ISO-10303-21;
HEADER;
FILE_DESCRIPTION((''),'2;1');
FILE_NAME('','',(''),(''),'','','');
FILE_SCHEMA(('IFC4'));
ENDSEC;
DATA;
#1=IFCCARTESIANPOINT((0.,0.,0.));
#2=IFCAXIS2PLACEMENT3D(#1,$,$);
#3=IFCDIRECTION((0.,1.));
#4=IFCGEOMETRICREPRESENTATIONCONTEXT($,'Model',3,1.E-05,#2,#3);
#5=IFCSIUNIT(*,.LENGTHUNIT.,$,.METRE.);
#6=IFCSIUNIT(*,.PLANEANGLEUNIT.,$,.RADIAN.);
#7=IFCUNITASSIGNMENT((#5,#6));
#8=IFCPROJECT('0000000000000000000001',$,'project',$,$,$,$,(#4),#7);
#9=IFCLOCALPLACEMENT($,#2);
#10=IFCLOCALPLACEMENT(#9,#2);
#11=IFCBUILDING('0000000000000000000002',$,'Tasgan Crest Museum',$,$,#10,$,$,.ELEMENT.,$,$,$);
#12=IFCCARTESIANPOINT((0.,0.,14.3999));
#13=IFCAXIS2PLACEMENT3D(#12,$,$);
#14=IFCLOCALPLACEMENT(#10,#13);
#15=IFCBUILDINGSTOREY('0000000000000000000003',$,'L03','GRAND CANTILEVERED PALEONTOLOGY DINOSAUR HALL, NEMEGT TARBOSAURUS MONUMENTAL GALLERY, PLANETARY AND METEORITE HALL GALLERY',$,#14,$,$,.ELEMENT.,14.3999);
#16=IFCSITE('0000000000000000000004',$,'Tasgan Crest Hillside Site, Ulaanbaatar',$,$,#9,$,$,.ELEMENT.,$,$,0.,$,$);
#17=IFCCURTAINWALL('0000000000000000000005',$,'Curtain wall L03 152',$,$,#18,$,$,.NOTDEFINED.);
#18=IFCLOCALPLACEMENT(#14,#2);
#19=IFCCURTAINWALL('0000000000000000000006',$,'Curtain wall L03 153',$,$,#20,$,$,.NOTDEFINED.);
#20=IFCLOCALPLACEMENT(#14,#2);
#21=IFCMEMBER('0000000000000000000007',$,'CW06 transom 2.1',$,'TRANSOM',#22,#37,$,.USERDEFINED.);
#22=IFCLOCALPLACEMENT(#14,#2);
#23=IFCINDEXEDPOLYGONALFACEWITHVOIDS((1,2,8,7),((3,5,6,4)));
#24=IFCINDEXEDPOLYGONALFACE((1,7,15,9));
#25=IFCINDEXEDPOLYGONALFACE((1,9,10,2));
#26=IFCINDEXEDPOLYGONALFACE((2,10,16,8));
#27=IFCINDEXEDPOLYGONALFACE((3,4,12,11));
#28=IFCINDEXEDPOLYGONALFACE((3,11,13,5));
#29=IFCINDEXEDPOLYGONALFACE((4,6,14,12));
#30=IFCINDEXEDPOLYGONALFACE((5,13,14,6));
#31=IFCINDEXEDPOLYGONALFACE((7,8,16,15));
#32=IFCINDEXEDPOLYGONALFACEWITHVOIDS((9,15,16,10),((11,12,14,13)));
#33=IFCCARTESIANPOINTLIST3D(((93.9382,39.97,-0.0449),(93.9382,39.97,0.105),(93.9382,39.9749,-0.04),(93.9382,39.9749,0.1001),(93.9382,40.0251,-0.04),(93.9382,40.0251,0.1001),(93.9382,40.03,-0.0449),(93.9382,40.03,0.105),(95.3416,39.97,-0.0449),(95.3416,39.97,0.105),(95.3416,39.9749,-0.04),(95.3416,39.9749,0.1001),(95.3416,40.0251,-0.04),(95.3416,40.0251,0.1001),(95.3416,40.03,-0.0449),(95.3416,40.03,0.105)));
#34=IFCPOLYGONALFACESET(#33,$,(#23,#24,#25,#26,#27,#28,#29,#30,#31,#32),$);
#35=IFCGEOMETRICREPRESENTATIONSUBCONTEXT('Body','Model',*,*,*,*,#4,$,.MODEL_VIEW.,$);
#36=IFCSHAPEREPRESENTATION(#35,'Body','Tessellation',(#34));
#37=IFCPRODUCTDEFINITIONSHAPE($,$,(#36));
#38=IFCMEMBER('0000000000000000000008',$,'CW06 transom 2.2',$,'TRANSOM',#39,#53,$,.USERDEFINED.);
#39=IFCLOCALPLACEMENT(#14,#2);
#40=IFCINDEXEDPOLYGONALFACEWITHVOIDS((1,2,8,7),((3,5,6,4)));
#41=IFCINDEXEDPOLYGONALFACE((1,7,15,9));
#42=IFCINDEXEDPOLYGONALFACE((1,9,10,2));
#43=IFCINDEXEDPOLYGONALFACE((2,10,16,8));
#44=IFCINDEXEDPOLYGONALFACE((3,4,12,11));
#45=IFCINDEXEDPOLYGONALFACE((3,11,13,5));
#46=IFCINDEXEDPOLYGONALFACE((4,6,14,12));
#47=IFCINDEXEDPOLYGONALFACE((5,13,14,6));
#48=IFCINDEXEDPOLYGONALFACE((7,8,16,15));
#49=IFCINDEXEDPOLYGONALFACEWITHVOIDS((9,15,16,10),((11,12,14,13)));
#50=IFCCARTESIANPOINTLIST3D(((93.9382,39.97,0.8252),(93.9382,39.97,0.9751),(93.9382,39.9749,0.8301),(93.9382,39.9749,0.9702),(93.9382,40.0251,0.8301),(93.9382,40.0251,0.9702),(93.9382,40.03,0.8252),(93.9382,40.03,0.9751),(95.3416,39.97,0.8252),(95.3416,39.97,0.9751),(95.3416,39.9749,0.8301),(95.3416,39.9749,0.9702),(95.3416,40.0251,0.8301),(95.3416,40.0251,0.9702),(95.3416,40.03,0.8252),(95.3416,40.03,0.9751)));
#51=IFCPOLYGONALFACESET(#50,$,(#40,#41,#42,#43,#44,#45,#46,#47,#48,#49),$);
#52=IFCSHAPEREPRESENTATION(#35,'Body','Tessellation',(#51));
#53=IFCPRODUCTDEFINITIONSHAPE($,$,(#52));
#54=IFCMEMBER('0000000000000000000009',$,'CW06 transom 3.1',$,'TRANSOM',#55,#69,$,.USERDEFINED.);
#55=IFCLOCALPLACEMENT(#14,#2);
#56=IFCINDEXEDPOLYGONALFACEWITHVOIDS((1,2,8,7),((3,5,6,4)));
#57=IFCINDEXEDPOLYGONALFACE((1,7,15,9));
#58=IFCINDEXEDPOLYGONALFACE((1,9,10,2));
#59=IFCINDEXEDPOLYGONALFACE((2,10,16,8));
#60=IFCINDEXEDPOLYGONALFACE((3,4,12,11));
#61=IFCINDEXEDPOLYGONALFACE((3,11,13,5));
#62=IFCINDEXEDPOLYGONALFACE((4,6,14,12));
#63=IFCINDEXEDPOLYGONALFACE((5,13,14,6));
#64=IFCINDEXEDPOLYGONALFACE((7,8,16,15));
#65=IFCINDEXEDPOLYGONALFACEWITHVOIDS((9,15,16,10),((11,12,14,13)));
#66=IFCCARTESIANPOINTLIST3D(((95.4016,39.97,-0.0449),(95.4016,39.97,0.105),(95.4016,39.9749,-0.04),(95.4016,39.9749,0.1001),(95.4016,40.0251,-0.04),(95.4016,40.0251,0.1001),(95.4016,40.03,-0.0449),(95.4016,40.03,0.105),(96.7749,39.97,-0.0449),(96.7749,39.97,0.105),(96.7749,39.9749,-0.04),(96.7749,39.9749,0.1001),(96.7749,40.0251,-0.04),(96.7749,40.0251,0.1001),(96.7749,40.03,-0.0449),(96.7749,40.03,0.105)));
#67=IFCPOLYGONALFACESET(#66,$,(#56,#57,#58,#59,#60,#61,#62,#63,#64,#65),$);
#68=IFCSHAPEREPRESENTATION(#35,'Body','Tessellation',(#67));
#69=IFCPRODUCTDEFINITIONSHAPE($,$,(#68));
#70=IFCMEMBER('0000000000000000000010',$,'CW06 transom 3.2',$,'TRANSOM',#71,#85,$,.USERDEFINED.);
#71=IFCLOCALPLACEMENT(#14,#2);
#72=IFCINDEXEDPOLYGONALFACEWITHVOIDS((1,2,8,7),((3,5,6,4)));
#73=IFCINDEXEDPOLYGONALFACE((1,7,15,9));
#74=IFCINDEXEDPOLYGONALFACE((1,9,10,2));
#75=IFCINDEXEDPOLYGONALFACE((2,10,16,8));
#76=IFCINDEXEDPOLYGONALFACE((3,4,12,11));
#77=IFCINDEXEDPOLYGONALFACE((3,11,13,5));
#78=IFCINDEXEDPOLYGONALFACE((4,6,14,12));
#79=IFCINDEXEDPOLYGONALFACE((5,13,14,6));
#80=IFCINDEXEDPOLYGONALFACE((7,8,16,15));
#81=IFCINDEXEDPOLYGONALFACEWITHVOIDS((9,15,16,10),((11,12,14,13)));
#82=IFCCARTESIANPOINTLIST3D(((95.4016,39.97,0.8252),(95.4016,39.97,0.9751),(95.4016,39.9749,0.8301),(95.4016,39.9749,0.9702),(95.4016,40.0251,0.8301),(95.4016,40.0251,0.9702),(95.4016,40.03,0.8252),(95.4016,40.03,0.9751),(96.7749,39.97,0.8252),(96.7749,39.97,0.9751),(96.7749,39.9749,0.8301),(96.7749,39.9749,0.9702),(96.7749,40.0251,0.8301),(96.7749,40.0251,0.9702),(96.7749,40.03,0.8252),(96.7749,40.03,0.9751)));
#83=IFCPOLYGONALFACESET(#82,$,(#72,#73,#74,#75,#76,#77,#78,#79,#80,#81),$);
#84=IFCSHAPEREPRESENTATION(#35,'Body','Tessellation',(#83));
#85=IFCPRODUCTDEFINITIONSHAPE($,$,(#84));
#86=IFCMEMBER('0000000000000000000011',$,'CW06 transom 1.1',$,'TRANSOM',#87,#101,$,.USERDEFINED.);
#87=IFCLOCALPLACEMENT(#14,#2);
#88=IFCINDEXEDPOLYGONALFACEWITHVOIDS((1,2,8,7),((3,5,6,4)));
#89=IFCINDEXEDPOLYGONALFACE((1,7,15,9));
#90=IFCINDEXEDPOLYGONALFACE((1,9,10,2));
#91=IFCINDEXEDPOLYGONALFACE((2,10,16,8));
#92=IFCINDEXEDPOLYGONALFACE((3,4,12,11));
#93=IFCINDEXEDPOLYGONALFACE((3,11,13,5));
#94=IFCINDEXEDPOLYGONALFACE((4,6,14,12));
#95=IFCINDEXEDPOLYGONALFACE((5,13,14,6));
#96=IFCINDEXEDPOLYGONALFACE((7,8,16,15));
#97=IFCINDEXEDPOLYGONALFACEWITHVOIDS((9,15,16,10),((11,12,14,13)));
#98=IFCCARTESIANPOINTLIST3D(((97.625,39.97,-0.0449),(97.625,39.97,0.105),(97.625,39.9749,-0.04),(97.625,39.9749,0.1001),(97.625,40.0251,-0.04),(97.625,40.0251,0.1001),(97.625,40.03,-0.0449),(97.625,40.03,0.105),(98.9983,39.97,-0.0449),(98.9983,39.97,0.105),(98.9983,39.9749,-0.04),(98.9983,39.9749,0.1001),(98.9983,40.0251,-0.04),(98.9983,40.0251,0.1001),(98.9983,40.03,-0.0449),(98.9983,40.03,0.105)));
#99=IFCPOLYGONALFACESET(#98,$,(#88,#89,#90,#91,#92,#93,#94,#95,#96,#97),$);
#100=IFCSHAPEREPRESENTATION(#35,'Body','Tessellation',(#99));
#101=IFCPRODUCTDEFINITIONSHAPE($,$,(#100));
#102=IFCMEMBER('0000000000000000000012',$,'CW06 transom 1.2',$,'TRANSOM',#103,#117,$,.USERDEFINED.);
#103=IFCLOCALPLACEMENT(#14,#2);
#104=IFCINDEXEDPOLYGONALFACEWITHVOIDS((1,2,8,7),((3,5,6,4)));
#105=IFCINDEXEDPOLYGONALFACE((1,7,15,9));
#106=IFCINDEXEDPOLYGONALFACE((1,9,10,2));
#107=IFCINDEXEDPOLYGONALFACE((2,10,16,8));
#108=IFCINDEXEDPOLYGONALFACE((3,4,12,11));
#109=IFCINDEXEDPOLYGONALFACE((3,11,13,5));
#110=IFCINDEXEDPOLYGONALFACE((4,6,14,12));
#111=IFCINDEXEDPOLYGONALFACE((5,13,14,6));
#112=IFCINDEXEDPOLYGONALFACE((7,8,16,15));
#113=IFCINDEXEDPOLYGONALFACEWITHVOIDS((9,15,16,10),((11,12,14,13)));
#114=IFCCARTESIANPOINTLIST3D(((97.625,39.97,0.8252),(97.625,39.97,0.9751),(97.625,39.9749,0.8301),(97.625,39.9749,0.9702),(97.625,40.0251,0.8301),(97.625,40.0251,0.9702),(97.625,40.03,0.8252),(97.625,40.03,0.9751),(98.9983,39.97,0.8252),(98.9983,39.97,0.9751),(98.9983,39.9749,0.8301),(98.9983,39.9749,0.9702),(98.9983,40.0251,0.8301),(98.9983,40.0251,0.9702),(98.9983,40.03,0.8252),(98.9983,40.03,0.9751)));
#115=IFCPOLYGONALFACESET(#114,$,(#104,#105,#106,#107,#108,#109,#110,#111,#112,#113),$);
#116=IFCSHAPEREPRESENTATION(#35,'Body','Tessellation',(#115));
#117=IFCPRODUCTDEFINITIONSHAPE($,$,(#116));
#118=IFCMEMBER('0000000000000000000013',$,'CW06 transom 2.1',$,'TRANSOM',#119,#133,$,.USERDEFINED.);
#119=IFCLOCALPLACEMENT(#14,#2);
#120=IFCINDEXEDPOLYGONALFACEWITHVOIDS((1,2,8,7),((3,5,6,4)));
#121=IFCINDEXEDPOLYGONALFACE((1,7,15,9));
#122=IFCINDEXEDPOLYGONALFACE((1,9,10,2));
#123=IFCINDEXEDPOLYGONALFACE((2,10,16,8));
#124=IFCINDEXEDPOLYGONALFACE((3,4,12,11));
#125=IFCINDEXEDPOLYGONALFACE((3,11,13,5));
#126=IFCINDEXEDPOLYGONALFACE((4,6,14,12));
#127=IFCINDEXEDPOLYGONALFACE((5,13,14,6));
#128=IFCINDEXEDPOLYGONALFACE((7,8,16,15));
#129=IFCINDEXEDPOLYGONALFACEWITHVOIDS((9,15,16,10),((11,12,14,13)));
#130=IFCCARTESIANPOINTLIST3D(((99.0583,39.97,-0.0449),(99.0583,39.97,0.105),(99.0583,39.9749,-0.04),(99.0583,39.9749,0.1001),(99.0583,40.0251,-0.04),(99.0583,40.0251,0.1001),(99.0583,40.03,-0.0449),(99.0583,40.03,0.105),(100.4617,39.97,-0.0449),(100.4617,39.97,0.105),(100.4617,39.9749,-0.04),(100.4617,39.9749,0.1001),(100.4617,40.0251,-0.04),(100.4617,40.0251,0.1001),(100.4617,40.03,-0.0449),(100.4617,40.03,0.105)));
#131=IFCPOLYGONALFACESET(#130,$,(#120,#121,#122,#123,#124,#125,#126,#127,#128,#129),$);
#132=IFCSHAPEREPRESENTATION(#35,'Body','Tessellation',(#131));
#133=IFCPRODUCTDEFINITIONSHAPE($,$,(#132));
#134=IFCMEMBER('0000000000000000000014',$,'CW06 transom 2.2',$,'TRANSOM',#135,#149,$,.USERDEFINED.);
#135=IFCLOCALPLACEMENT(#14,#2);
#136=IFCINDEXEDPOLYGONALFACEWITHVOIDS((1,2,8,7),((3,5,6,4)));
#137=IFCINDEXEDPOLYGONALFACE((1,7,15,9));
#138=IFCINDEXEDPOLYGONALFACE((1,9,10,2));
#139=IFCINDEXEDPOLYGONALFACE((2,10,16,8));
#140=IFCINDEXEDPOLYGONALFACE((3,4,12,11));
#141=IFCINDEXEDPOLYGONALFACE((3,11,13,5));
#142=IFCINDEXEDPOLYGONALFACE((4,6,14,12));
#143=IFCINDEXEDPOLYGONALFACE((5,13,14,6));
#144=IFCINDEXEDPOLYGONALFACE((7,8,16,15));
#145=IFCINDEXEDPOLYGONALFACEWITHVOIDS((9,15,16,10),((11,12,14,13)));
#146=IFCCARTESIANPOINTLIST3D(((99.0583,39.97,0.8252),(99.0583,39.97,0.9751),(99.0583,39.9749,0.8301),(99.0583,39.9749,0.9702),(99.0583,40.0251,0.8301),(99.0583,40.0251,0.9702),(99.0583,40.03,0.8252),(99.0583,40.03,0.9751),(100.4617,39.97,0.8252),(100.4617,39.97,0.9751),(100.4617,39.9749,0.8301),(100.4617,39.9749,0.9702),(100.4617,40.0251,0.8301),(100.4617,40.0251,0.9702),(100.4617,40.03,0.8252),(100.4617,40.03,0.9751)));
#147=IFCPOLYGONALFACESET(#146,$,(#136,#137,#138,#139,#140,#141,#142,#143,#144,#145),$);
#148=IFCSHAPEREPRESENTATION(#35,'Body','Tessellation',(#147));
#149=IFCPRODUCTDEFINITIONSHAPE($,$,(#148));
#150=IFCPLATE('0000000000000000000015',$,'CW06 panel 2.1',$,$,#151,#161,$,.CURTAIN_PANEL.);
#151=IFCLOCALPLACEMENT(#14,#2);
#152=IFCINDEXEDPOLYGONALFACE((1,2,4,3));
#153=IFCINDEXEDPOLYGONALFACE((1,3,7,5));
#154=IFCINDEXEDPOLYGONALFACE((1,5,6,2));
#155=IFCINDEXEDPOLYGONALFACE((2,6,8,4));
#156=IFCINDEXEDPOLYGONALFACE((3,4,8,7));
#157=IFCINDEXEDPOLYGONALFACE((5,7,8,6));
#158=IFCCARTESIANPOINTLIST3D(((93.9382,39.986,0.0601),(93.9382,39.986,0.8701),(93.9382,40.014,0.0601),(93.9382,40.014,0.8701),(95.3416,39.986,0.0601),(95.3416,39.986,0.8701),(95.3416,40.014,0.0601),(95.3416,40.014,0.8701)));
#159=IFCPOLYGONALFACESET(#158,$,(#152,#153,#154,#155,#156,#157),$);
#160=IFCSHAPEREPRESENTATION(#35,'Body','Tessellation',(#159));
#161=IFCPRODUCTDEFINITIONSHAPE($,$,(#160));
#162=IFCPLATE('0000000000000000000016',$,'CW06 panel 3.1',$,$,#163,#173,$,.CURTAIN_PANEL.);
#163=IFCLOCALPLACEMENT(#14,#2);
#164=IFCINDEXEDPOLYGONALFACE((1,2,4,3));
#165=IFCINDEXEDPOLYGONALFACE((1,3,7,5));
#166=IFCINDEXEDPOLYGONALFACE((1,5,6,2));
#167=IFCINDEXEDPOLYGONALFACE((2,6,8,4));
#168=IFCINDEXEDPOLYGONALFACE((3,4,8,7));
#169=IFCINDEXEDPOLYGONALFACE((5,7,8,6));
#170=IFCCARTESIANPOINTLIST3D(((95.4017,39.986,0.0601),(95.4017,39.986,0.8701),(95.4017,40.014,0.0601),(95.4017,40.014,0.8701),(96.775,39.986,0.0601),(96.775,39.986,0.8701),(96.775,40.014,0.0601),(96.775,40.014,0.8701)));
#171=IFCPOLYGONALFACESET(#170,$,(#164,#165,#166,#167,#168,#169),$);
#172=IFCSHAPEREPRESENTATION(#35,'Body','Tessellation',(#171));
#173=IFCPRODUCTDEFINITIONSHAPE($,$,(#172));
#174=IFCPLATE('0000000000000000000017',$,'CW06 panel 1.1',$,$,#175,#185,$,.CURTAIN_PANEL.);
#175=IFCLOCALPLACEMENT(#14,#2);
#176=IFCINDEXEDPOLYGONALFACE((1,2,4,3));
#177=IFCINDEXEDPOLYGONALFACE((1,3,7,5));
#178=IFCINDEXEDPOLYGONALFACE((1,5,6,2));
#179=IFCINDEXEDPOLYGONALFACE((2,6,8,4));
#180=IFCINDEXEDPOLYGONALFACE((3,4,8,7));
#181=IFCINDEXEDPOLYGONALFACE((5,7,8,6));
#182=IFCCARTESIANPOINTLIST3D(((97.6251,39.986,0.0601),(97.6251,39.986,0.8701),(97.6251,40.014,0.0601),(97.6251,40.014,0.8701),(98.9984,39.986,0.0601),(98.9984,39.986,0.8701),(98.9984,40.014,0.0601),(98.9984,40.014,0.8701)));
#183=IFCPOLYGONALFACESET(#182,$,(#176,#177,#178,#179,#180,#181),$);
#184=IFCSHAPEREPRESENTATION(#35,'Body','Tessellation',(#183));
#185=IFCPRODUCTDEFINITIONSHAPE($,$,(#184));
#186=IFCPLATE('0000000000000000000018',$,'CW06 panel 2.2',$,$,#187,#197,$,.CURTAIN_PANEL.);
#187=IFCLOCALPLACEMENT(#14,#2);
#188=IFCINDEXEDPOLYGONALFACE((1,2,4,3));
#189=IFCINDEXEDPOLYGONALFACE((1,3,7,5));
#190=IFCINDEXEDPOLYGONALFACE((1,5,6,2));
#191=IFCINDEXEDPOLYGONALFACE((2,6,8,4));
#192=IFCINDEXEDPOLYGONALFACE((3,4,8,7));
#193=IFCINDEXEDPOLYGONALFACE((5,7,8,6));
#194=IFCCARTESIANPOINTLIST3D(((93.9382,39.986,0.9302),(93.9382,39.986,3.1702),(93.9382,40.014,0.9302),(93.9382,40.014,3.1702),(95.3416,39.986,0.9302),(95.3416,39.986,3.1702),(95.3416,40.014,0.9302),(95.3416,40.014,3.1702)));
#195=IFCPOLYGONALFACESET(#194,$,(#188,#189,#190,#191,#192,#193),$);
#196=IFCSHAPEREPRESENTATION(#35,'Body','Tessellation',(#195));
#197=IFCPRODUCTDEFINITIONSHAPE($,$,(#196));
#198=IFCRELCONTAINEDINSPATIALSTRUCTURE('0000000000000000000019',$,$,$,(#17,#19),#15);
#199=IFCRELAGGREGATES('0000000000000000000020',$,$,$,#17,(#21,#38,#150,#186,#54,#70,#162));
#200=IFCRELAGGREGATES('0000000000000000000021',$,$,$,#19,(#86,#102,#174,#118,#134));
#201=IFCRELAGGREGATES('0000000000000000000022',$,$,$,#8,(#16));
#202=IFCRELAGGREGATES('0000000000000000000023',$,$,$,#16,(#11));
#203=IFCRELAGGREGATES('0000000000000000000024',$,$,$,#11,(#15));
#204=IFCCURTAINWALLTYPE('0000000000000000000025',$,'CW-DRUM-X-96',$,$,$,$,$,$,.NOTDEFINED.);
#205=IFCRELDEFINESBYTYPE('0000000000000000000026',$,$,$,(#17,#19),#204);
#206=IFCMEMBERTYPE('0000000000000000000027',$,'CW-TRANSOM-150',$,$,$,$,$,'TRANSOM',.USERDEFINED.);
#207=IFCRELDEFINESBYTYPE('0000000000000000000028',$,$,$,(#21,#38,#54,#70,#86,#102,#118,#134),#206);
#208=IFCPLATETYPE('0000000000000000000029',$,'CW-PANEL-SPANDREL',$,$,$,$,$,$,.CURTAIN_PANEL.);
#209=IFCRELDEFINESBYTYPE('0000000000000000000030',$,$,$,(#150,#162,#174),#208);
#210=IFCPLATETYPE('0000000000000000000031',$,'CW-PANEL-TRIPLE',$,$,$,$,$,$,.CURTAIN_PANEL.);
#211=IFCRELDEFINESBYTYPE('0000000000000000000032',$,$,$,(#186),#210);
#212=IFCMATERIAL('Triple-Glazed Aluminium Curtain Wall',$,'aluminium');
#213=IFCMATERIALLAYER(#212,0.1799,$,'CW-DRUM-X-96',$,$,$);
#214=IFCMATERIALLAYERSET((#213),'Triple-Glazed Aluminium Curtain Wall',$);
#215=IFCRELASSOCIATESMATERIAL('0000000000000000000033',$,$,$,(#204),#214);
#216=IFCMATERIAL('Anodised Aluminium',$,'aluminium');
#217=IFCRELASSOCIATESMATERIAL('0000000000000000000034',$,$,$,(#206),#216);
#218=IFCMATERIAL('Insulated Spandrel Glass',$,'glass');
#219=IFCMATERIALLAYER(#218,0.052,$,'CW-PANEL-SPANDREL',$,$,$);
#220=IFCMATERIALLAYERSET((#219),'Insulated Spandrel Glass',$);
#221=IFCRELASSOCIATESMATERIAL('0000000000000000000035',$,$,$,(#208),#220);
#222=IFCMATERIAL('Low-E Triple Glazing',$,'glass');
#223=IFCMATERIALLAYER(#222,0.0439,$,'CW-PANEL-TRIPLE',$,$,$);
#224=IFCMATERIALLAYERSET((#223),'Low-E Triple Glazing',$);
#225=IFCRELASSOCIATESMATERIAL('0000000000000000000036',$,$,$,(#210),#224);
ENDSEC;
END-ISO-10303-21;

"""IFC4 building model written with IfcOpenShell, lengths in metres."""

from ifc_helpers import new_model, si_unit, direction, frame, origin, origin_2d, place, context, subcontext, project, spatial, rectangle, hollow_rectangle, extrude, material, layer, layer_set, material_profile, profile_set, type_object, element, aggregate, save


model = new_model("IFC4")

# Units and contexts
model_context = context("Model", 3, precision=1e-05, world=origin(), true_north=direction((0.0, 1.0)))
body_context = subcontext(model_context, "Body", "Model", "MODEL_VIEW")
ifc_project = project(units=[si_unit("LENGTHUNIT", "METRE"), si_unit("PLANEANGLEUNIT", "RADIAN")], contexts=[model_context])

# Site, building, storey
site_placement = place(None, origin())
site = spatial("IfcSite", under=ifc_project, at=site_placement, Name="Tasgan Crest Hillside Site, Ulaanbaatar", CompositionType="ELEMENT", RefElevation=0.0)
building_placement = place(site_placement, origin())
building = spatial("IfcBuilding", under=site, at=building_placement, Name="Tasgan Crest Museum", CompositionType="ELEMENT")
storey_placement = place(building_placement, frame((0.0, 0.0, 14.3999)))
storey = spatial("IfcBuildingStorey", under=building, at=storey_placement, Name="L03", Description="GRAND CANTILEVERED PALEONTOLOGY DINOSAUR HALL, NEMEGT TARBOSAURUS MONUMENTAL GALLERY, PLANETARY AND METEORITE HALL GALLERY", CompositionType="ELEMENT", Elevation=14.3999)

# Curtain walls
ifc_material_1 = material(Name="Triple-Glazed Aluminium Curtain Wall", Category="aluminium")
ifc_layer_1 = layer(ifc_material_1, 0.1799, Name="CW-DRUM-X-96")
ifc_layer_set_1 = layer_set([ifc_layer_1], Name="Triple-Glazed Aluminium Curtain Wall")
curtain_wall_type = type_object("IfcCurtainWallType", Name="CW-DRUM-X-96", PredefinedType="NOTDEFINED", material=ifc_layer_set_1)
curtain_wall_1_placement = place(storey_placement, origin())
curtain_wall_1 = element("IfcCurtainWall", 1, at=curtain_wall_1_placement, inside=storey, type_object=curtain_wall_type, Name="Curtain wall L03 152", PredefinedType="NOTDEFINED")
curtain_wall_2_placement = place(storey_placement, origin())
curtain_wall_2 = element("IfcCurtainWall", 2, at=curtain_wall_2_placement, inside=storey, type_object=curtain_wall_type, Name="Curtain wall L03 153", PredefinedType="NOTDEFINED")

# Members
ifc_material_2 = material(Name="Anodised Aluminium", Category="aluminium")
ifc_material_profile_1 = material_profile(ifc_material_2, hollow_rectangle(XDim=0.0601, YDim=0.1499, WallThickness=0.0049, at=origin_2d()), Name="ALU TRANSOM 150x60x5")
ifc_profile_set_1 = profile_set([ifc_material_profile_1], Name="Anodised Aluminium")
member_type_1 = type_object("IfcMemberType", Name="CW-TRANSOM-150", ElementType="TRANSOM", PredefinedType="USERDEFINED", material=ifc_profile_set_1)
member_1_placement = place(storey_placement, frame((93.9382, 40.0, 0.03), z_axis=(1.0, 0.0, 0.0), x_axis=(0.0, 1.0, 0.0)))
member_1 = element("IfcMember", 3, at=member_1_placement, type_object=member_type_1, Name="CW06 transom 2.1", ObjectType="TRANSOM", PredefinedType="USERDEFINED", context=body_context, shape_type="SweptSolid", body=[
    extrude(hollow_rectangle(XDim=0.0601, YDim=0.1499, WallThickness=0.0049, at=origin_2d()), origin(), (0.0, 0.0, 1.0), 1.4033),
])
member_2_placement = place(storey_placement, frame((93.9382, 40.0, 0.9001), z_axis=(1.0, 0.0, 0.0), x_axis=(0.0, 1.0, 0.0)))
member_2 = element("IfcMember", 4, at=member_2_placement, type_object=member_type_1, Name="CW06 transom 2.2", ObjectType="TRANSOM", PredefinedType="USERDEFINED", context=body_context, shape_type="SweptSolid", body=[
    extrude(hollow_rectangle(XDim=0.0601, YDim=0.1499, WallThickness=0.0049, at=origin_2d()), origin(), (0.0, 0.0, 1.0), 1.4033),
])
member_3_placement = place(storey_placement, frame((95.4016, 40.0, 0.03), z_axis=(1.0, 0.0, 0.0), x_axis=(0.0, 1.0, 0.0)))
member_3 = element("IfcMember", 5, at=member_3_placement, type_object=member_type_1, Name="CW06 transom 3.1", ObjectType="TRANSOM", PredefinedType="USERDEFINED", context=body_context, shape_type="SweptSolid", body=[
    extrude(hollow_rectangle(XDim=0.0601, YDim=0.1499, WallThickness=0.0049, at=origin_2d()), origin(), (0.0, 0.0, 1.0), 1.3733),
])
member_4_placement = place(storey_placement, frame((95.4016, 40.0, 0.9001), z_axis=(1.0, 0.0, 0.0), x_axis=(0.0, 1.0, 0.0)))
member_4 = element("IfcMember", 6, at=member_4_placement, type_object=member_type_1, Name="CW06 transom 3.2", ObjectType="TRANSOM", PredefinedType="USERDEFINED", context=body_context, shape_type="SweptSolid", body=[
    extrude(hollow_rectangle(XDim=0.0601, YDim=0.1499, WallThickness=0.0049, at=origin_2d()), origin(), (0.0, 0.0, 1.0), 1.3733),
])
member_5_placement = place(storey_placement, frame((97.625, 40.0, 0.03), z_axis=(1.0, 0.0, 0.0), x_axis=(0.0, 1.0, 0.0)))
member_5 = element("IfcMember", 7, at=member_5_placement, type_object=member_type_1, Name="CW06 transom 1.1", ObjectType="TRANSOM", PredefinedType="USERDEFINED", context=body_context, shape_type="SweptSolid", body=[
    extrude(hollow_rectangle(XDim=0.0601, YDim=0.1499, WallThickness=0.0049, at=origin_2d()), origin(), (0.0, 0.0, 1.0), 1.3733),
])
member_6_placement = place(storey_placement, frame((97.625, 40.0, 0.9001), z_axis=(1.0, 0.0, 0.0), x_axis=(0.0, 1.0, 0.0)))
member_6 = element("IfcMember", 8, at=member_6_placement, type_object=member_type_1, Name="CW06 transom 1.2", ObjectType="TRANSOM", PredefinedType="USERDEFINED", context=body_context, shape_type="SweptSolid", body=[
    extrude(hollow_rectangle(XDim=0.0601, YDim=0.1499, WallThickness=0.0049, at=origin_2d()), origin(), (0.0, 0.0, 1.0), 1.3733),
])
member_7_placement = place(storey_placement, frame((99.0583, 40.0, 0.03), z_axis=(1.0, 0.0, 0.0), x_axis=(0.0, 1.0, 0.0)))
member_7 = element("IfcMember", 9, at=member_7_placement, type_object=member_type_1, Name="CW06 transom 2.1", ObjectType="TRANSOM", PredefinedType="USERDEFINED", context=body_context, shape_type="SweptSolid", body=[
    extrude(hollow_rectangle(XDim=0.0601, YDim=0.1499, WallThickness=0.0049, at=origin_2d()), origin(), (0.0, 0.0, 1.0), 1.4033),
])
member_8_placement = place(storey_placement, frame((99.0583, 40.0, 0.9001), z_axis=(1.0, 0.0, 0.0), x_axis=(0.0, 1.0, 0.0)))
member_8 = element("IfcMember", 10, at=member_8_placement, type_object=member_type_1, Name="CW06 transom 2.2", ObjectType="TRANSOM", PredefinedType="USERDEFINED", context=body_context, shape_type="SweptSolid", body=[
    extrude(hollow_rectangle(XDim=0.0601, YDim=0.1499, WallThickness=0.0049, at=origin_2d()), origin(), (0.0, 0.0, 1.0), 1.4033),
])

# Plates
ifc_material_3 = material(Name="Insulated Spandrel Glass", Category="glass")
ifc_layer_2 = layer(ifc_material_3, 0.052, Name="CW-PANEL-SPANDREL")
ifc_layer_set_2 = layer_set([ifc_layer_2], Name="Insulated Spandrel Glass")
plate_type_1 = type_object("IfcPlateType", Name="CW-PANEL-SPANDREL", PredefinedType="CURTAIN_PANEL", material=ifc_layer_set_2)
plate_1_placement = place(storey_placement, frame((94.6399, 40.0, 0.0601), z_axis=(0.0, 0.0, 1.0), x_axis=(1.0, 0.0, 0.0)))
plate_1 = element("IfcPlate", 11, at=plate_1_placement, type_object=plate_type_1, Name="CW06 panel 2.1", PredefinedType="CURTAIN_PANEL", context=body_context, shape_type="SweptSolid", body=[
    extrude(rectangle(XDim=1.4033, YDim=0.0281, at=origin_2d()), origin(), (0.0, 0.0, 1.0), 0.8101),
])
plate_2_placement = place(storey_placement, frame((96.0884, 40.0, 0.0601), z_axis=(0.0, 0.0, 1.0), x_axis=(1.0, 0.0, 0.0)))
plate_2 = element("IfcPlate", 12, at=plate_2_placement, type_object=plate_type_1, Name="CW06 panel 3.1", PredefinedType="CURTAIN_PANEL", context=body_context, shape_type="SweptSolid", body=[
    extrude(rectangle(XDim=1.3733, YDim=0.0281, at=origin_2d()), origin(), (0.0, 0.0, 1.0), 0.8101),
])
plate_3_placement = place(storey_placement, frame((98.3118, 40.0, 0.0601), z_axis=(0.0, 0.0, 1.0), x_axis=(1.0, 0.0, 0.0)))
plate_3 = element("IfcPlate", 13, at=plate_3_placement, type_object=plate_type_1, Name="CW06 panel 1.1", PredefinedType="CURTAIN_PANEL", context=body_context, shape_type="SweptSolid", body=[
    extrude(rectangle(XDim=1.3733, YDim=0.0281, at=origin_2d()), origin(), (0.0, 0.0, 1.0), 0.8101),
])
ifc_material_4 = material(Name="Low-E Triple Glazing", Category="glass")
ifc_layer_3 = layer(ifc_material_4, 0.0439, Name="CW-PANEL-TRIPLE")
ifc_layer_set_3 = layer_set([ifc_layer_3], Name="Low-E Triple Glazing")
plate_type_2 = type_object("IfcPlateType", Name="CW-PANEL-TRIPLE", PredefinedType="CURTAIN_PANEL", material=ifc_layer_set_3)
plate_4_placement = place(storey_placement, frame((94.6399, 40.0, 0.9302), z_axis=(0.0, 0.0, 1.0), x_axis=(1.0, 0.0, 0.0)))
plate_4 = element("IfcPlate", 14, at=plate_4_placement, type_object=plate_type_2, Name="CW06 panel 2.2", PredefinedType="CURTAIN_PANEL", context=body_context, shape_type="SweptSolid", body=[
    extrude(rectangle(XDim=1.4033, YDim=0.0281, at=origin_2d()), origin(), (0.0, 0.0, 1.0), 2.24),
])
aggregate(curtain_wall_1, [member_1, member_2, plate_1, plate_4, member_3, member_4, plate_2])
aggregate(curtain_wall_2, [member_5, member_6, plate_3, member_7, member_8])

save(model, "model.ifc")
